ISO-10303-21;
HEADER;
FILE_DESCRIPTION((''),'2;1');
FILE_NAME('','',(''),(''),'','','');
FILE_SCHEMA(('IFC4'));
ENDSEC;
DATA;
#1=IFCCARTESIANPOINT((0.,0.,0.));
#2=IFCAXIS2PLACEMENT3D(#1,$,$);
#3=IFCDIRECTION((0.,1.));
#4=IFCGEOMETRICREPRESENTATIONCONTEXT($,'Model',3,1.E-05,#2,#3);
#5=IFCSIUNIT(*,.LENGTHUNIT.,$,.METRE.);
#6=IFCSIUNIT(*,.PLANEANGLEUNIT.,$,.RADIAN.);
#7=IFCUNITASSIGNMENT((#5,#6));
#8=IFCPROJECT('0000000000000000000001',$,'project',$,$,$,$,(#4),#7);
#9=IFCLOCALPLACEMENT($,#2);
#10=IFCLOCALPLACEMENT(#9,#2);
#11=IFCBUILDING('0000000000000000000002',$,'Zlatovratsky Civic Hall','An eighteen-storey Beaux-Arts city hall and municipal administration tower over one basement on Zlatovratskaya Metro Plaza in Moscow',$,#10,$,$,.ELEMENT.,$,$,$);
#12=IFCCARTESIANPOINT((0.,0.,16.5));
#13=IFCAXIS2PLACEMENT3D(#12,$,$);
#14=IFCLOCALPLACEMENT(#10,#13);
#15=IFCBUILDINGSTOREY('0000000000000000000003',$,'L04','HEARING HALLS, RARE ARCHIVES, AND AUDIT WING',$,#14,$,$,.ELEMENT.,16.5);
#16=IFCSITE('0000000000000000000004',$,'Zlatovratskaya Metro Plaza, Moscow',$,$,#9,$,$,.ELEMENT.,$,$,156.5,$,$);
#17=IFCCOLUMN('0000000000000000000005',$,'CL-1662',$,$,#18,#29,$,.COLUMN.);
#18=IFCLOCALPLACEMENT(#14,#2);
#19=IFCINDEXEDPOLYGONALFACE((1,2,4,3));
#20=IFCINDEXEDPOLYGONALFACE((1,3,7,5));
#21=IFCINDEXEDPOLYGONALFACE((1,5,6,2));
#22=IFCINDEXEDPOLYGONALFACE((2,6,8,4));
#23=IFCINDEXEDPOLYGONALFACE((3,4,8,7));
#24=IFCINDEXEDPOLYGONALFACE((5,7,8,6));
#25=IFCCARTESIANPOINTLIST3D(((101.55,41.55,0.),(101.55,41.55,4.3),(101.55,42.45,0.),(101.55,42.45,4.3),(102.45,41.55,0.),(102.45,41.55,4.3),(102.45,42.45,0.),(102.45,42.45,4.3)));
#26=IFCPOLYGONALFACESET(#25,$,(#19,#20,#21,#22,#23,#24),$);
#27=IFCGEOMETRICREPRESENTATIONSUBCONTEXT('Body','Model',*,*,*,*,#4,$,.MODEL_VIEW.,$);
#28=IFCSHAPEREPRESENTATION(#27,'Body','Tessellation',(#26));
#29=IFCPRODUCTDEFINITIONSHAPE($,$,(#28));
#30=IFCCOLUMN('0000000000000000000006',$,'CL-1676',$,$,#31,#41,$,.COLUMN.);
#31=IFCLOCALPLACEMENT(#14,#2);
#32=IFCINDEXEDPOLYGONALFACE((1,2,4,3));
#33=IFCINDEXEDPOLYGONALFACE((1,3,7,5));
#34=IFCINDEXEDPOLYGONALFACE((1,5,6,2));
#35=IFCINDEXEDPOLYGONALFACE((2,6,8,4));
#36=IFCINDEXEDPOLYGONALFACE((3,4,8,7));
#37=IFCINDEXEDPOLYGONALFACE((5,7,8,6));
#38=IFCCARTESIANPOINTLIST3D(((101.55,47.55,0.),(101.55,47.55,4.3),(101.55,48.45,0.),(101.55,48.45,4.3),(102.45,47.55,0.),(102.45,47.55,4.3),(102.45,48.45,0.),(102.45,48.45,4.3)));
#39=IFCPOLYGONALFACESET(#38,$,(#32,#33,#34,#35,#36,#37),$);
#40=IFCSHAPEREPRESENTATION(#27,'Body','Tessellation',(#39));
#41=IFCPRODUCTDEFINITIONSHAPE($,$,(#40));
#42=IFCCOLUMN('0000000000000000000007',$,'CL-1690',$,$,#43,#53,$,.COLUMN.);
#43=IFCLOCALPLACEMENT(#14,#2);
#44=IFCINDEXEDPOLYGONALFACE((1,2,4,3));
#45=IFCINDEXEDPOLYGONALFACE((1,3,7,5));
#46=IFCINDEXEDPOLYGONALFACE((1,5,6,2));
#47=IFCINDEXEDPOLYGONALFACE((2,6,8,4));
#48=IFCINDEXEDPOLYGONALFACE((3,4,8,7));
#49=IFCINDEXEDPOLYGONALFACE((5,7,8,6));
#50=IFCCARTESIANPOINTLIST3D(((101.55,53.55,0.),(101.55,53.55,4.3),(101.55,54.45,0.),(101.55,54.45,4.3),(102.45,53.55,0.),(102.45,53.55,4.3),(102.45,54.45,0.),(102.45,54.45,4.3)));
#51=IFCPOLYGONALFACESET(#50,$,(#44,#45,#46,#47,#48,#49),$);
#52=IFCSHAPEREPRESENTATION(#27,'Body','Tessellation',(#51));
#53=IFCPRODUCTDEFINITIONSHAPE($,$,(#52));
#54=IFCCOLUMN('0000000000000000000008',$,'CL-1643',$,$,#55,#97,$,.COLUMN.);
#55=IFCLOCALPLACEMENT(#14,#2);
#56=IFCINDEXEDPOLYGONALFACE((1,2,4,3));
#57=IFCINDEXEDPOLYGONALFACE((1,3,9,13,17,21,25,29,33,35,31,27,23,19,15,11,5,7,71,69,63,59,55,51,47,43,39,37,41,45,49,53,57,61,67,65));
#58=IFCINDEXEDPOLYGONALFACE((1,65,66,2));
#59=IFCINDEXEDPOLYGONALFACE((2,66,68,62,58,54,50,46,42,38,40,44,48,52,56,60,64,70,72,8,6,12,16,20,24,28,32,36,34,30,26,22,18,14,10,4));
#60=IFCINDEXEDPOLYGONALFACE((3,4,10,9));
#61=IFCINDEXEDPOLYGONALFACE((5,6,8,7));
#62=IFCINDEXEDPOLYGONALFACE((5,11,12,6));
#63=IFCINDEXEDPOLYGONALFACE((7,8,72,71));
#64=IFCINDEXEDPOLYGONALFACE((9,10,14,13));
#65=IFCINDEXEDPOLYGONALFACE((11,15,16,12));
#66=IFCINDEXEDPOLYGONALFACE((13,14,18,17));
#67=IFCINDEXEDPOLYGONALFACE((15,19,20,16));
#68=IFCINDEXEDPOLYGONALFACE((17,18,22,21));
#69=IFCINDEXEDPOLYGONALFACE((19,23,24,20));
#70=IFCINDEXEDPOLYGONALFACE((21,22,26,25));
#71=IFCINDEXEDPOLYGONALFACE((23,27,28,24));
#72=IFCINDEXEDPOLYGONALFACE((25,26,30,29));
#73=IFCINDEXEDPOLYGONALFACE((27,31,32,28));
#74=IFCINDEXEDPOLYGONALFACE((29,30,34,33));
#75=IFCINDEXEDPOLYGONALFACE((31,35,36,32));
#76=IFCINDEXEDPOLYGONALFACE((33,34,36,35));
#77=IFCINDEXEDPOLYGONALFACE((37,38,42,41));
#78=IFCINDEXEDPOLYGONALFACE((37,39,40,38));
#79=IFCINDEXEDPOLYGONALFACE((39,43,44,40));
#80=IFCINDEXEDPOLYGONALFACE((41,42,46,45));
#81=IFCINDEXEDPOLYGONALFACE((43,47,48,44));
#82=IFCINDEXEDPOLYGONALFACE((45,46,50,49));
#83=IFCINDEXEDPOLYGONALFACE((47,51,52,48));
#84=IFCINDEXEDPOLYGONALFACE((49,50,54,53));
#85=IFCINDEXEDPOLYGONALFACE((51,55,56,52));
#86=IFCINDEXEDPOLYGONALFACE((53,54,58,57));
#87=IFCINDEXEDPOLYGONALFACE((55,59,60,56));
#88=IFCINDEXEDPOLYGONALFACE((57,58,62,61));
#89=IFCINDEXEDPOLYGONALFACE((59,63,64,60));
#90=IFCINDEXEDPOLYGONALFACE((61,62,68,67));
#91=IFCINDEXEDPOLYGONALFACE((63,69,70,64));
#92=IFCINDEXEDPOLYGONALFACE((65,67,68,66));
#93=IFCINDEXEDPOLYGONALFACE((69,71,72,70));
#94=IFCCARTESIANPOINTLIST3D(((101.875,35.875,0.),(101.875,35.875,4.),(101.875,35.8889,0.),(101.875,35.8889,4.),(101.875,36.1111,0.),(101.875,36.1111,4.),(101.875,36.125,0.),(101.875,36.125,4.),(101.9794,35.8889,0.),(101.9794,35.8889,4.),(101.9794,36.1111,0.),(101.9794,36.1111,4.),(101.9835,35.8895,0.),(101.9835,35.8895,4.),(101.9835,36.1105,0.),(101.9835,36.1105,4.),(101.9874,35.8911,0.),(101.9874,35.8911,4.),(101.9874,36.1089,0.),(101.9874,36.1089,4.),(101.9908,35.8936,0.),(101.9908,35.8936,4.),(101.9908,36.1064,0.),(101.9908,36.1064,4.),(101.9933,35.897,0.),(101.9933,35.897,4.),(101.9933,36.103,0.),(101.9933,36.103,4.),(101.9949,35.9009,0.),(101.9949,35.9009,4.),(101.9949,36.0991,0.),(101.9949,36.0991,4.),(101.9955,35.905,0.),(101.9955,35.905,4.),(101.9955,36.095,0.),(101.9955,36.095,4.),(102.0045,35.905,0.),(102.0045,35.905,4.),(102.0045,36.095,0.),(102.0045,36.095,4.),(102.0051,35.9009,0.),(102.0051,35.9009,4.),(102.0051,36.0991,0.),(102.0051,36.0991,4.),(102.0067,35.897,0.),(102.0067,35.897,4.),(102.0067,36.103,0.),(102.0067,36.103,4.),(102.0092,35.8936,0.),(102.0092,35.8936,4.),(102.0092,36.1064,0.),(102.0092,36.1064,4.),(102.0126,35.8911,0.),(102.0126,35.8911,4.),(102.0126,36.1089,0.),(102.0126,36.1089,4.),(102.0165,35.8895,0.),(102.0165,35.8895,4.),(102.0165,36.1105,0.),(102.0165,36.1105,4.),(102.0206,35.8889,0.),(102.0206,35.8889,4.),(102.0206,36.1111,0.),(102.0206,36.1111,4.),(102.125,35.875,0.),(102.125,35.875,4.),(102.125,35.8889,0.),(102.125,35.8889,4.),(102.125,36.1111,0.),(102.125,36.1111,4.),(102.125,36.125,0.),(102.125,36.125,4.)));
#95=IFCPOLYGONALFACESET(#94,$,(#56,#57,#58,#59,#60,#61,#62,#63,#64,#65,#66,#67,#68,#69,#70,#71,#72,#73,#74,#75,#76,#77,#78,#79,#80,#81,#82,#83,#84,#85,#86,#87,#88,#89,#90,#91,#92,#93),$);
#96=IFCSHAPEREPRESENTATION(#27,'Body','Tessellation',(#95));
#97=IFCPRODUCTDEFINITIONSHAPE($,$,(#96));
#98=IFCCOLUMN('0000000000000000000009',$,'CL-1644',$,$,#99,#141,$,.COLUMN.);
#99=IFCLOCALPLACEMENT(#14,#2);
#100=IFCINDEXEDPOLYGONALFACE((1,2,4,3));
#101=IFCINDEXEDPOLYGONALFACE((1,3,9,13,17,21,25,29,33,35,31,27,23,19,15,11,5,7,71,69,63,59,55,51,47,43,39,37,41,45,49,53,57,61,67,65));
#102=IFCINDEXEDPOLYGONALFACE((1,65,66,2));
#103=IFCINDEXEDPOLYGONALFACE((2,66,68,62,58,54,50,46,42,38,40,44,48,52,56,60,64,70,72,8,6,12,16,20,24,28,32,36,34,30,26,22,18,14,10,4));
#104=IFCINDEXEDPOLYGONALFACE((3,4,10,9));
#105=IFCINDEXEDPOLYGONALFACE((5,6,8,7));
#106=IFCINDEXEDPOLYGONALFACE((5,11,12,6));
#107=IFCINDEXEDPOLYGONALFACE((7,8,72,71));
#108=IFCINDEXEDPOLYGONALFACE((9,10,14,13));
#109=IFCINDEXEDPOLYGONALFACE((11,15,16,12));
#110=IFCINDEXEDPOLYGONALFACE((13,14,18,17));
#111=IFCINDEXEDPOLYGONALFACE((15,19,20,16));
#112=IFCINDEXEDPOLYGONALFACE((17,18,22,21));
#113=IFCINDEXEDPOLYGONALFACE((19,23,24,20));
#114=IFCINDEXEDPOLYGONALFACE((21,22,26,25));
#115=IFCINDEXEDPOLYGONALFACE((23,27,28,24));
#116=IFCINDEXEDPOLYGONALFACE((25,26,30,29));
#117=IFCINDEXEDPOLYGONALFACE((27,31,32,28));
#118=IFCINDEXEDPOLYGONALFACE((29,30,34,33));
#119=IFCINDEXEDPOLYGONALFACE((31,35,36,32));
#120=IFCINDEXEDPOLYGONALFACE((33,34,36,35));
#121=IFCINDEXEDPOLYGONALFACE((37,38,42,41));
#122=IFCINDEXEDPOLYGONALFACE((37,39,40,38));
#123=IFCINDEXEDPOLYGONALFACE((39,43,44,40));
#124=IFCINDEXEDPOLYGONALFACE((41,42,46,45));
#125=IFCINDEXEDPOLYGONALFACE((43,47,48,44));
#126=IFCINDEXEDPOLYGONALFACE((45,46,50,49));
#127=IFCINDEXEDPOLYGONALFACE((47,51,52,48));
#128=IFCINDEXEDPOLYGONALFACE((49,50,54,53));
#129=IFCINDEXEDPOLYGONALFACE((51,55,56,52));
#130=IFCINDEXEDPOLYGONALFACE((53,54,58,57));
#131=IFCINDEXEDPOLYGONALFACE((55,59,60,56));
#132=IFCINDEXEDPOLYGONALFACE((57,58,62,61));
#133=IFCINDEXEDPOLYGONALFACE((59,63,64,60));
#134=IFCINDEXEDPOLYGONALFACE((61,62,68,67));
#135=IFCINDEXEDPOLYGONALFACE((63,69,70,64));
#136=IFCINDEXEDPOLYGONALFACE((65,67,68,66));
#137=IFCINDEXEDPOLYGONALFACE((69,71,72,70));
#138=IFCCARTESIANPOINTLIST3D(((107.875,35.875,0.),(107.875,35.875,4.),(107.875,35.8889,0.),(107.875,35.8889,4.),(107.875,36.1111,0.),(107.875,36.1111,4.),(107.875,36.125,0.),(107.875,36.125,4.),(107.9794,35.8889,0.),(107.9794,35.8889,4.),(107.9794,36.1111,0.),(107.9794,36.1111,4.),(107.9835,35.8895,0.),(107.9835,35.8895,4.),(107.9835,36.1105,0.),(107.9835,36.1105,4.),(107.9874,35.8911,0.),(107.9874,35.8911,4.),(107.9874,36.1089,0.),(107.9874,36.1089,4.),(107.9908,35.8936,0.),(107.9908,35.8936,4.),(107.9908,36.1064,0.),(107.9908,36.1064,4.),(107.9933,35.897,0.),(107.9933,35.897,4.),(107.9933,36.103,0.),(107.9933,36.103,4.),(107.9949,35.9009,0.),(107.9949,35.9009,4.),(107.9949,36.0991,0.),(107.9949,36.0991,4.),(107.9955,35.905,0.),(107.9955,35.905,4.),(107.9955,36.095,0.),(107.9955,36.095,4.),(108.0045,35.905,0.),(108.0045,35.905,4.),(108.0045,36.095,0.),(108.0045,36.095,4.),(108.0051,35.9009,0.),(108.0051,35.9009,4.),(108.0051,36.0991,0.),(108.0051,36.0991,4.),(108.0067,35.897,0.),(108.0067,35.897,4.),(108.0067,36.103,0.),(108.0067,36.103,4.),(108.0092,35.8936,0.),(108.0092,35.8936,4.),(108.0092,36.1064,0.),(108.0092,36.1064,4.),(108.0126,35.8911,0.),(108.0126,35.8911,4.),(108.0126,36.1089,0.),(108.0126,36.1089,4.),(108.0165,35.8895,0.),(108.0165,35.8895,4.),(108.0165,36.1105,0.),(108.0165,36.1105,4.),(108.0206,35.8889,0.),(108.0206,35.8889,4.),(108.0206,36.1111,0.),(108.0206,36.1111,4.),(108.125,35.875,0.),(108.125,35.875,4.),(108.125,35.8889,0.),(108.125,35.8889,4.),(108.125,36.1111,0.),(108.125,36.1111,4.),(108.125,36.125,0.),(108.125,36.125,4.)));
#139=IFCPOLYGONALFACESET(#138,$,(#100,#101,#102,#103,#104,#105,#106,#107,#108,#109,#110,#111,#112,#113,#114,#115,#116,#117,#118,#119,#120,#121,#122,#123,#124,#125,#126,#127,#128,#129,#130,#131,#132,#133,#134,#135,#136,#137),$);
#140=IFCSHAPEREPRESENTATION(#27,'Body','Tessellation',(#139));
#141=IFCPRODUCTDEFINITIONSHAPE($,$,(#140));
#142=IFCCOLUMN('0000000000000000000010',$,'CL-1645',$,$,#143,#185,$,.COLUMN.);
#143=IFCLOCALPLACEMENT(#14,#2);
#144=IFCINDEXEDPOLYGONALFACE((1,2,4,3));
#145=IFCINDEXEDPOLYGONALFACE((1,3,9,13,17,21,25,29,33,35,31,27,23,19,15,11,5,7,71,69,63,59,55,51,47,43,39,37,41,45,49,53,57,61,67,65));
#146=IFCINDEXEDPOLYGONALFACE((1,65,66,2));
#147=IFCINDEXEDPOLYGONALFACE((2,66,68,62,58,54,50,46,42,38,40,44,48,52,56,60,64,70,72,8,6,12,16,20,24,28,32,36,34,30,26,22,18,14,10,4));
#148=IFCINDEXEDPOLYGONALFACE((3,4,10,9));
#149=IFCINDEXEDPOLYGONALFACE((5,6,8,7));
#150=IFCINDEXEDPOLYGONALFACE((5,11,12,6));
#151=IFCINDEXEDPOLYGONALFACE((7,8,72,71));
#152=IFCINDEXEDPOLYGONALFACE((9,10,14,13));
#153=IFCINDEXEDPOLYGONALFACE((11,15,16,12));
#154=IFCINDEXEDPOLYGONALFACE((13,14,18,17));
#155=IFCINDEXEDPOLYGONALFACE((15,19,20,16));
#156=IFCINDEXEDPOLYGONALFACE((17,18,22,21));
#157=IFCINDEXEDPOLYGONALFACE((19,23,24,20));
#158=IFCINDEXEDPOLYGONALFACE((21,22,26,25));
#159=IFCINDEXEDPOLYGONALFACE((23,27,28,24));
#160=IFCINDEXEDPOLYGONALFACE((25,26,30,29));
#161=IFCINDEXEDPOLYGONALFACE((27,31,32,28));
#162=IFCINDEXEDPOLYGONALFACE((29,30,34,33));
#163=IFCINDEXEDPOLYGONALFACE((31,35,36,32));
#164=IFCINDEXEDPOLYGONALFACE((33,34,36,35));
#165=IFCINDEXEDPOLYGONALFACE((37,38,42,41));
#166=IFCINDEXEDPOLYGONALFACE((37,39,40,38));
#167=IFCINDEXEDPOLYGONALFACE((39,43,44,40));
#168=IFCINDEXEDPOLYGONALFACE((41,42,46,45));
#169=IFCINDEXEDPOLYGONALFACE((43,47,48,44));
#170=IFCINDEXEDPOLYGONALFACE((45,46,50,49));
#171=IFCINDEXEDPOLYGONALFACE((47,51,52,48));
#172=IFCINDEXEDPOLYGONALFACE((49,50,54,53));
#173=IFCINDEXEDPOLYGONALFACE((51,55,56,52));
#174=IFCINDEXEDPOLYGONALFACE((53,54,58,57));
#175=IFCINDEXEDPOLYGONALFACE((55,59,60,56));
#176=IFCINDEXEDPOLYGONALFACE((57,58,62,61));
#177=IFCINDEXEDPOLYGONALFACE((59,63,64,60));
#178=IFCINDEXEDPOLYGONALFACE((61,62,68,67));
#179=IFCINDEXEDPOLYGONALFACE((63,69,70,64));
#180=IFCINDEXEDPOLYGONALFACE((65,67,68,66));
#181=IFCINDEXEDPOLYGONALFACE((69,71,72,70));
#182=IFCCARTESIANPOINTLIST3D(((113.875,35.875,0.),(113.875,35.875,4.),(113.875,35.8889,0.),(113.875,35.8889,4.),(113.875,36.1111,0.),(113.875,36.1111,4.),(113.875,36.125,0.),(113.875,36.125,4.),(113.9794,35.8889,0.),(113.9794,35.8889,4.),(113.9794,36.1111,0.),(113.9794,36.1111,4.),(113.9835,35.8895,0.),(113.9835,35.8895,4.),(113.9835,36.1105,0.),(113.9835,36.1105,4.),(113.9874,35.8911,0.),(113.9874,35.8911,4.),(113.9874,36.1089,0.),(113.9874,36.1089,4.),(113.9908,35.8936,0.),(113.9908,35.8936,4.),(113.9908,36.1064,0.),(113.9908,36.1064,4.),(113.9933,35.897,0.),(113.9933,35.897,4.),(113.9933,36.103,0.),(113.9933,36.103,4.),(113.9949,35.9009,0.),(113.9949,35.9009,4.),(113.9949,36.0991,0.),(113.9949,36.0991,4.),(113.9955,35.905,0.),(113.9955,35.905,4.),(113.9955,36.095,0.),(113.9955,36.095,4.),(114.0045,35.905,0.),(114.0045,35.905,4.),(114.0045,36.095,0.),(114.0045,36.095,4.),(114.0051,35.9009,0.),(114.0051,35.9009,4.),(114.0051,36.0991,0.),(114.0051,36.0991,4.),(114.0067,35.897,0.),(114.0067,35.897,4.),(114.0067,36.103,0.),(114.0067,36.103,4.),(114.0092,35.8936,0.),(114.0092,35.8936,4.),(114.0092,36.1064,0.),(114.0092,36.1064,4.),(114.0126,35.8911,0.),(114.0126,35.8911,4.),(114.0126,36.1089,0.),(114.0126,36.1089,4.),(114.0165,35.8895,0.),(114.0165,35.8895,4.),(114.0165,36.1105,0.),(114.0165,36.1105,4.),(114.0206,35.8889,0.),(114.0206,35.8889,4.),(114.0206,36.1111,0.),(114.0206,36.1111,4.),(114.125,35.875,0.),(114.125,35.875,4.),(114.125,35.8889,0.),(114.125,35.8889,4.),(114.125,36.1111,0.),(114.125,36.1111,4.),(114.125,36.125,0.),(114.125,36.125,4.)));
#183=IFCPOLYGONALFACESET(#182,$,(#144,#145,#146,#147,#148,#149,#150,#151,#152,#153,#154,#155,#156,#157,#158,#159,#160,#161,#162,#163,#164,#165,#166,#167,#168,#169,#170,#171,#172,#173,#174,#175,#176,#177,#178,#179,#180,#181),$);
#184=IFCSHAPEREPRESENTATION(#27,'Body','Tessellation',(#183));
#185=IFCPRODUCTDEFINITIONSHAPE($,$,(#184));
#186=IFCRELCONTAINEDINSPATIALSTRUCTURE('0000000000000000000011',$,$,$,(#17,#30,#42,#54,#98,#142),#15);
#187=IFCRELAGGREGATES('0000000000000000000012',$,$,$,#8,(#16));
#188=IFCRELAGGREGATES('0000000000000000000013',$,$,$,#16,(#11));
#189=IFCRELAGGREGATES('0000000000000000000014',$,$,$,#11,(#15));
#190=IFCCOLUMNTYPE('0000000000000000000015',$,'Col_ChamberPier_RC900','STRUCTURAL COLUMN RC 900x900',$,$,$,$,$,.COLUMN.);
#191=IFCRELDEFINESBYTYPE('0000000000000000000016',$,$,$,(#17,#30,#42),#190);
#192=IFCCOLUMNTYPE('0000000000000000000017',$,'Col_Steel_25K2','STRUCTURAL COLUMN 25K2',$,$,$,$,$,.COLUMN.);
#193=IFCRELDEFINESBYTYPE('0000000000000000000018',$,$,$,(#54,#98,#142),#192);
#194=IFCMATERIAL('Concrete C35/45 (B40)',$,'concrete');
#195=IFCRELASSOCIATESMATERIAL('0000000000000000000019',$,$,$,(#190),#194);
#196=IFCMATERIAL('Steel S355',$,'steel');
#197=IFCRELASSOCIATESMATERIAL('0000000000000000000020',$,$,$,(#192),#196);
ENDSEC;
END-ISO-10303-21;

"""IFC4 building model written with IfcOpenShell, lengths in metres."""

from ifc_helpers import new_model, si_unit, direction, frame, origin, origin_2d, place, context, subcontext, project, spatial, rectangle, i_section, extrude, material, material_profile, profile_set, type_object, element, save


model = new_model("IFC4")

# Units and contexts
model_context = context("Model", 3, precision=1e-05, world=origin(), true_north=direction((0.0, 1.0)))
body_context = subcontext(model_context, "Body", "Model", "MODEL_VIEW")
ifc_project = project(units=[si_unit("LENGTHUNIT", "METRE"), si_unit("PLANEANGLEUNIT", "RADIAN")], contexts=[model_context])

# Site, building, storey
site_placement = place(None, origin())
site = spatial("IfcSite", under=ifc_project, at=site_placement, Name="Zlatovratskaya Metro Plaza, Moscow", CompositionType="ELEMENT", RefElevation=156.5)
building_placement = place(site_placement, origin())
building = spatial("IfcBuilding", under=site, at=building_placement, Name="Zlatovratsky Civic Hall", Description="An eighteen-storey Beaux-Arts city hall and municipal administration tower over one basement on Zlatovratskaya Metro Plaza in Moscow", CompositionType="ELEMENT")
storey_placement = place(building_placement, frame((0.0, 0.0, 16.5)))
storey = spatial("IfcBuildingStorey", under=building, at=storey_placement, Name="L04", Description="HEARING HALLS, RARE ARCHIVES, AND AUDIT WING", CompositionType="ELEMENT", Elevation=16.5)

# Columns
ifc_material_1 = material(Name="Concrete C35/45 (B40)", Category="concrete")
ifc_material_profile_1 = material_profile(ifc_material_1, rectangle(XDim=0.8999, YDim=0.8999, at=origin_2d()), Name="RC 900x900")
ifc_profile_set_1 = profile_set([ifc_material_profile_1], Name="Concrete C35/45 (B40)")
column_type_1 = type_object("IfcColumnType", Name="Col_ChamberPier_RC900", Description="STRUCTURAL COLUMN RC 900x900", PredefinedType="COLUMN", material=ifc_profile_set_1)
for number, where, z_axis, x_axis, name in (
    (1, (102.0, 42.0, 0.0), (0.0, 0.0, 1.0), (1.0, 0.0, 0.0), "CL-1662"),
    (2, (102.0, 48.0, 0.0), (0.0, 0.0, 1.0), (1.0, 0.0, 0.0), "CL-1676"),
    (3, (102.0, 54.0, 0.0), (0.0, 0.0, 1.0), (1.0, 0.0, 0.0), "CL-1690"),
):
    element("IfcColumn", number, at=place(storey_placement, frame(where, z_axis=z_axis, x_axis=x_axis)), inside=storey, type_object=column_type_1, Name=name, PredefinedType="COLUMN", context=body_context, shape_type="SweptSolid", body=[
        extrude(rectangle(XDim=0.8999, YDim=0.8999, at=origin_2d()), origin(), (0.0, 0.0, 1.0), 4.3),
    ])
ifc_material_2 = material(Name="Steel S355", Category="steel")
ifc_material_profile_2 = material_profile(ifc_material_2, i_section(OverallWidth=0.25, OverallDepth=0.25, WebThickness=0.009, FlangeThickness=0.0139, FilletRadius=0.0161, at=origin_2d()), Name="25K2")
ifc_profile_set_2 = profile_set([ifc_material_profile_2], Name="Steel S355")
column_type_2 = type_object("IfcColumnType", Name="Col_Steel_25K2", Description="STRUCTURAL COLUMN 25K2", PredefinedType="COLUMN", material=ifc_profile_set_2)
for number, where, z_axis, x_axis, name in (
    (4, (102.0, 36.0, 0.0), (0.0, 0.0, 1.0), (1.0, 0.0, 0.0), "CL-1643"),
    (5, (108.0, 36.0, 0.0), (0.0, 0.0, 1.0), (1.0, 0.0, 0.0), "CL-1644"),
    (6, (114.0, 36.0, 0.0), (0.0, 0.0, 1.0), (1.0, 0.0, 0.0), "CL-1645"),
):
    element("IfcColumn", number, at=place(storey_placement, frame(where, z_axis=z_axis, x_axis=x_axis)), inside=storey, type_object=column_type_2, Name=name, PredefinedType="COLUMN", context=body_context, shape_type="SweptSolid", body=[
        extrude(i_section(OverallWidth=0.25, OverallDepth=0.25, WebThickness=0.009, FlangeThickness=0.0139, FilletRadius=0.0161, at=origin_2d()), origin(), (0.0, 0.0, 1.0), 4.0),
    ])

save(model, "model.ifc")
